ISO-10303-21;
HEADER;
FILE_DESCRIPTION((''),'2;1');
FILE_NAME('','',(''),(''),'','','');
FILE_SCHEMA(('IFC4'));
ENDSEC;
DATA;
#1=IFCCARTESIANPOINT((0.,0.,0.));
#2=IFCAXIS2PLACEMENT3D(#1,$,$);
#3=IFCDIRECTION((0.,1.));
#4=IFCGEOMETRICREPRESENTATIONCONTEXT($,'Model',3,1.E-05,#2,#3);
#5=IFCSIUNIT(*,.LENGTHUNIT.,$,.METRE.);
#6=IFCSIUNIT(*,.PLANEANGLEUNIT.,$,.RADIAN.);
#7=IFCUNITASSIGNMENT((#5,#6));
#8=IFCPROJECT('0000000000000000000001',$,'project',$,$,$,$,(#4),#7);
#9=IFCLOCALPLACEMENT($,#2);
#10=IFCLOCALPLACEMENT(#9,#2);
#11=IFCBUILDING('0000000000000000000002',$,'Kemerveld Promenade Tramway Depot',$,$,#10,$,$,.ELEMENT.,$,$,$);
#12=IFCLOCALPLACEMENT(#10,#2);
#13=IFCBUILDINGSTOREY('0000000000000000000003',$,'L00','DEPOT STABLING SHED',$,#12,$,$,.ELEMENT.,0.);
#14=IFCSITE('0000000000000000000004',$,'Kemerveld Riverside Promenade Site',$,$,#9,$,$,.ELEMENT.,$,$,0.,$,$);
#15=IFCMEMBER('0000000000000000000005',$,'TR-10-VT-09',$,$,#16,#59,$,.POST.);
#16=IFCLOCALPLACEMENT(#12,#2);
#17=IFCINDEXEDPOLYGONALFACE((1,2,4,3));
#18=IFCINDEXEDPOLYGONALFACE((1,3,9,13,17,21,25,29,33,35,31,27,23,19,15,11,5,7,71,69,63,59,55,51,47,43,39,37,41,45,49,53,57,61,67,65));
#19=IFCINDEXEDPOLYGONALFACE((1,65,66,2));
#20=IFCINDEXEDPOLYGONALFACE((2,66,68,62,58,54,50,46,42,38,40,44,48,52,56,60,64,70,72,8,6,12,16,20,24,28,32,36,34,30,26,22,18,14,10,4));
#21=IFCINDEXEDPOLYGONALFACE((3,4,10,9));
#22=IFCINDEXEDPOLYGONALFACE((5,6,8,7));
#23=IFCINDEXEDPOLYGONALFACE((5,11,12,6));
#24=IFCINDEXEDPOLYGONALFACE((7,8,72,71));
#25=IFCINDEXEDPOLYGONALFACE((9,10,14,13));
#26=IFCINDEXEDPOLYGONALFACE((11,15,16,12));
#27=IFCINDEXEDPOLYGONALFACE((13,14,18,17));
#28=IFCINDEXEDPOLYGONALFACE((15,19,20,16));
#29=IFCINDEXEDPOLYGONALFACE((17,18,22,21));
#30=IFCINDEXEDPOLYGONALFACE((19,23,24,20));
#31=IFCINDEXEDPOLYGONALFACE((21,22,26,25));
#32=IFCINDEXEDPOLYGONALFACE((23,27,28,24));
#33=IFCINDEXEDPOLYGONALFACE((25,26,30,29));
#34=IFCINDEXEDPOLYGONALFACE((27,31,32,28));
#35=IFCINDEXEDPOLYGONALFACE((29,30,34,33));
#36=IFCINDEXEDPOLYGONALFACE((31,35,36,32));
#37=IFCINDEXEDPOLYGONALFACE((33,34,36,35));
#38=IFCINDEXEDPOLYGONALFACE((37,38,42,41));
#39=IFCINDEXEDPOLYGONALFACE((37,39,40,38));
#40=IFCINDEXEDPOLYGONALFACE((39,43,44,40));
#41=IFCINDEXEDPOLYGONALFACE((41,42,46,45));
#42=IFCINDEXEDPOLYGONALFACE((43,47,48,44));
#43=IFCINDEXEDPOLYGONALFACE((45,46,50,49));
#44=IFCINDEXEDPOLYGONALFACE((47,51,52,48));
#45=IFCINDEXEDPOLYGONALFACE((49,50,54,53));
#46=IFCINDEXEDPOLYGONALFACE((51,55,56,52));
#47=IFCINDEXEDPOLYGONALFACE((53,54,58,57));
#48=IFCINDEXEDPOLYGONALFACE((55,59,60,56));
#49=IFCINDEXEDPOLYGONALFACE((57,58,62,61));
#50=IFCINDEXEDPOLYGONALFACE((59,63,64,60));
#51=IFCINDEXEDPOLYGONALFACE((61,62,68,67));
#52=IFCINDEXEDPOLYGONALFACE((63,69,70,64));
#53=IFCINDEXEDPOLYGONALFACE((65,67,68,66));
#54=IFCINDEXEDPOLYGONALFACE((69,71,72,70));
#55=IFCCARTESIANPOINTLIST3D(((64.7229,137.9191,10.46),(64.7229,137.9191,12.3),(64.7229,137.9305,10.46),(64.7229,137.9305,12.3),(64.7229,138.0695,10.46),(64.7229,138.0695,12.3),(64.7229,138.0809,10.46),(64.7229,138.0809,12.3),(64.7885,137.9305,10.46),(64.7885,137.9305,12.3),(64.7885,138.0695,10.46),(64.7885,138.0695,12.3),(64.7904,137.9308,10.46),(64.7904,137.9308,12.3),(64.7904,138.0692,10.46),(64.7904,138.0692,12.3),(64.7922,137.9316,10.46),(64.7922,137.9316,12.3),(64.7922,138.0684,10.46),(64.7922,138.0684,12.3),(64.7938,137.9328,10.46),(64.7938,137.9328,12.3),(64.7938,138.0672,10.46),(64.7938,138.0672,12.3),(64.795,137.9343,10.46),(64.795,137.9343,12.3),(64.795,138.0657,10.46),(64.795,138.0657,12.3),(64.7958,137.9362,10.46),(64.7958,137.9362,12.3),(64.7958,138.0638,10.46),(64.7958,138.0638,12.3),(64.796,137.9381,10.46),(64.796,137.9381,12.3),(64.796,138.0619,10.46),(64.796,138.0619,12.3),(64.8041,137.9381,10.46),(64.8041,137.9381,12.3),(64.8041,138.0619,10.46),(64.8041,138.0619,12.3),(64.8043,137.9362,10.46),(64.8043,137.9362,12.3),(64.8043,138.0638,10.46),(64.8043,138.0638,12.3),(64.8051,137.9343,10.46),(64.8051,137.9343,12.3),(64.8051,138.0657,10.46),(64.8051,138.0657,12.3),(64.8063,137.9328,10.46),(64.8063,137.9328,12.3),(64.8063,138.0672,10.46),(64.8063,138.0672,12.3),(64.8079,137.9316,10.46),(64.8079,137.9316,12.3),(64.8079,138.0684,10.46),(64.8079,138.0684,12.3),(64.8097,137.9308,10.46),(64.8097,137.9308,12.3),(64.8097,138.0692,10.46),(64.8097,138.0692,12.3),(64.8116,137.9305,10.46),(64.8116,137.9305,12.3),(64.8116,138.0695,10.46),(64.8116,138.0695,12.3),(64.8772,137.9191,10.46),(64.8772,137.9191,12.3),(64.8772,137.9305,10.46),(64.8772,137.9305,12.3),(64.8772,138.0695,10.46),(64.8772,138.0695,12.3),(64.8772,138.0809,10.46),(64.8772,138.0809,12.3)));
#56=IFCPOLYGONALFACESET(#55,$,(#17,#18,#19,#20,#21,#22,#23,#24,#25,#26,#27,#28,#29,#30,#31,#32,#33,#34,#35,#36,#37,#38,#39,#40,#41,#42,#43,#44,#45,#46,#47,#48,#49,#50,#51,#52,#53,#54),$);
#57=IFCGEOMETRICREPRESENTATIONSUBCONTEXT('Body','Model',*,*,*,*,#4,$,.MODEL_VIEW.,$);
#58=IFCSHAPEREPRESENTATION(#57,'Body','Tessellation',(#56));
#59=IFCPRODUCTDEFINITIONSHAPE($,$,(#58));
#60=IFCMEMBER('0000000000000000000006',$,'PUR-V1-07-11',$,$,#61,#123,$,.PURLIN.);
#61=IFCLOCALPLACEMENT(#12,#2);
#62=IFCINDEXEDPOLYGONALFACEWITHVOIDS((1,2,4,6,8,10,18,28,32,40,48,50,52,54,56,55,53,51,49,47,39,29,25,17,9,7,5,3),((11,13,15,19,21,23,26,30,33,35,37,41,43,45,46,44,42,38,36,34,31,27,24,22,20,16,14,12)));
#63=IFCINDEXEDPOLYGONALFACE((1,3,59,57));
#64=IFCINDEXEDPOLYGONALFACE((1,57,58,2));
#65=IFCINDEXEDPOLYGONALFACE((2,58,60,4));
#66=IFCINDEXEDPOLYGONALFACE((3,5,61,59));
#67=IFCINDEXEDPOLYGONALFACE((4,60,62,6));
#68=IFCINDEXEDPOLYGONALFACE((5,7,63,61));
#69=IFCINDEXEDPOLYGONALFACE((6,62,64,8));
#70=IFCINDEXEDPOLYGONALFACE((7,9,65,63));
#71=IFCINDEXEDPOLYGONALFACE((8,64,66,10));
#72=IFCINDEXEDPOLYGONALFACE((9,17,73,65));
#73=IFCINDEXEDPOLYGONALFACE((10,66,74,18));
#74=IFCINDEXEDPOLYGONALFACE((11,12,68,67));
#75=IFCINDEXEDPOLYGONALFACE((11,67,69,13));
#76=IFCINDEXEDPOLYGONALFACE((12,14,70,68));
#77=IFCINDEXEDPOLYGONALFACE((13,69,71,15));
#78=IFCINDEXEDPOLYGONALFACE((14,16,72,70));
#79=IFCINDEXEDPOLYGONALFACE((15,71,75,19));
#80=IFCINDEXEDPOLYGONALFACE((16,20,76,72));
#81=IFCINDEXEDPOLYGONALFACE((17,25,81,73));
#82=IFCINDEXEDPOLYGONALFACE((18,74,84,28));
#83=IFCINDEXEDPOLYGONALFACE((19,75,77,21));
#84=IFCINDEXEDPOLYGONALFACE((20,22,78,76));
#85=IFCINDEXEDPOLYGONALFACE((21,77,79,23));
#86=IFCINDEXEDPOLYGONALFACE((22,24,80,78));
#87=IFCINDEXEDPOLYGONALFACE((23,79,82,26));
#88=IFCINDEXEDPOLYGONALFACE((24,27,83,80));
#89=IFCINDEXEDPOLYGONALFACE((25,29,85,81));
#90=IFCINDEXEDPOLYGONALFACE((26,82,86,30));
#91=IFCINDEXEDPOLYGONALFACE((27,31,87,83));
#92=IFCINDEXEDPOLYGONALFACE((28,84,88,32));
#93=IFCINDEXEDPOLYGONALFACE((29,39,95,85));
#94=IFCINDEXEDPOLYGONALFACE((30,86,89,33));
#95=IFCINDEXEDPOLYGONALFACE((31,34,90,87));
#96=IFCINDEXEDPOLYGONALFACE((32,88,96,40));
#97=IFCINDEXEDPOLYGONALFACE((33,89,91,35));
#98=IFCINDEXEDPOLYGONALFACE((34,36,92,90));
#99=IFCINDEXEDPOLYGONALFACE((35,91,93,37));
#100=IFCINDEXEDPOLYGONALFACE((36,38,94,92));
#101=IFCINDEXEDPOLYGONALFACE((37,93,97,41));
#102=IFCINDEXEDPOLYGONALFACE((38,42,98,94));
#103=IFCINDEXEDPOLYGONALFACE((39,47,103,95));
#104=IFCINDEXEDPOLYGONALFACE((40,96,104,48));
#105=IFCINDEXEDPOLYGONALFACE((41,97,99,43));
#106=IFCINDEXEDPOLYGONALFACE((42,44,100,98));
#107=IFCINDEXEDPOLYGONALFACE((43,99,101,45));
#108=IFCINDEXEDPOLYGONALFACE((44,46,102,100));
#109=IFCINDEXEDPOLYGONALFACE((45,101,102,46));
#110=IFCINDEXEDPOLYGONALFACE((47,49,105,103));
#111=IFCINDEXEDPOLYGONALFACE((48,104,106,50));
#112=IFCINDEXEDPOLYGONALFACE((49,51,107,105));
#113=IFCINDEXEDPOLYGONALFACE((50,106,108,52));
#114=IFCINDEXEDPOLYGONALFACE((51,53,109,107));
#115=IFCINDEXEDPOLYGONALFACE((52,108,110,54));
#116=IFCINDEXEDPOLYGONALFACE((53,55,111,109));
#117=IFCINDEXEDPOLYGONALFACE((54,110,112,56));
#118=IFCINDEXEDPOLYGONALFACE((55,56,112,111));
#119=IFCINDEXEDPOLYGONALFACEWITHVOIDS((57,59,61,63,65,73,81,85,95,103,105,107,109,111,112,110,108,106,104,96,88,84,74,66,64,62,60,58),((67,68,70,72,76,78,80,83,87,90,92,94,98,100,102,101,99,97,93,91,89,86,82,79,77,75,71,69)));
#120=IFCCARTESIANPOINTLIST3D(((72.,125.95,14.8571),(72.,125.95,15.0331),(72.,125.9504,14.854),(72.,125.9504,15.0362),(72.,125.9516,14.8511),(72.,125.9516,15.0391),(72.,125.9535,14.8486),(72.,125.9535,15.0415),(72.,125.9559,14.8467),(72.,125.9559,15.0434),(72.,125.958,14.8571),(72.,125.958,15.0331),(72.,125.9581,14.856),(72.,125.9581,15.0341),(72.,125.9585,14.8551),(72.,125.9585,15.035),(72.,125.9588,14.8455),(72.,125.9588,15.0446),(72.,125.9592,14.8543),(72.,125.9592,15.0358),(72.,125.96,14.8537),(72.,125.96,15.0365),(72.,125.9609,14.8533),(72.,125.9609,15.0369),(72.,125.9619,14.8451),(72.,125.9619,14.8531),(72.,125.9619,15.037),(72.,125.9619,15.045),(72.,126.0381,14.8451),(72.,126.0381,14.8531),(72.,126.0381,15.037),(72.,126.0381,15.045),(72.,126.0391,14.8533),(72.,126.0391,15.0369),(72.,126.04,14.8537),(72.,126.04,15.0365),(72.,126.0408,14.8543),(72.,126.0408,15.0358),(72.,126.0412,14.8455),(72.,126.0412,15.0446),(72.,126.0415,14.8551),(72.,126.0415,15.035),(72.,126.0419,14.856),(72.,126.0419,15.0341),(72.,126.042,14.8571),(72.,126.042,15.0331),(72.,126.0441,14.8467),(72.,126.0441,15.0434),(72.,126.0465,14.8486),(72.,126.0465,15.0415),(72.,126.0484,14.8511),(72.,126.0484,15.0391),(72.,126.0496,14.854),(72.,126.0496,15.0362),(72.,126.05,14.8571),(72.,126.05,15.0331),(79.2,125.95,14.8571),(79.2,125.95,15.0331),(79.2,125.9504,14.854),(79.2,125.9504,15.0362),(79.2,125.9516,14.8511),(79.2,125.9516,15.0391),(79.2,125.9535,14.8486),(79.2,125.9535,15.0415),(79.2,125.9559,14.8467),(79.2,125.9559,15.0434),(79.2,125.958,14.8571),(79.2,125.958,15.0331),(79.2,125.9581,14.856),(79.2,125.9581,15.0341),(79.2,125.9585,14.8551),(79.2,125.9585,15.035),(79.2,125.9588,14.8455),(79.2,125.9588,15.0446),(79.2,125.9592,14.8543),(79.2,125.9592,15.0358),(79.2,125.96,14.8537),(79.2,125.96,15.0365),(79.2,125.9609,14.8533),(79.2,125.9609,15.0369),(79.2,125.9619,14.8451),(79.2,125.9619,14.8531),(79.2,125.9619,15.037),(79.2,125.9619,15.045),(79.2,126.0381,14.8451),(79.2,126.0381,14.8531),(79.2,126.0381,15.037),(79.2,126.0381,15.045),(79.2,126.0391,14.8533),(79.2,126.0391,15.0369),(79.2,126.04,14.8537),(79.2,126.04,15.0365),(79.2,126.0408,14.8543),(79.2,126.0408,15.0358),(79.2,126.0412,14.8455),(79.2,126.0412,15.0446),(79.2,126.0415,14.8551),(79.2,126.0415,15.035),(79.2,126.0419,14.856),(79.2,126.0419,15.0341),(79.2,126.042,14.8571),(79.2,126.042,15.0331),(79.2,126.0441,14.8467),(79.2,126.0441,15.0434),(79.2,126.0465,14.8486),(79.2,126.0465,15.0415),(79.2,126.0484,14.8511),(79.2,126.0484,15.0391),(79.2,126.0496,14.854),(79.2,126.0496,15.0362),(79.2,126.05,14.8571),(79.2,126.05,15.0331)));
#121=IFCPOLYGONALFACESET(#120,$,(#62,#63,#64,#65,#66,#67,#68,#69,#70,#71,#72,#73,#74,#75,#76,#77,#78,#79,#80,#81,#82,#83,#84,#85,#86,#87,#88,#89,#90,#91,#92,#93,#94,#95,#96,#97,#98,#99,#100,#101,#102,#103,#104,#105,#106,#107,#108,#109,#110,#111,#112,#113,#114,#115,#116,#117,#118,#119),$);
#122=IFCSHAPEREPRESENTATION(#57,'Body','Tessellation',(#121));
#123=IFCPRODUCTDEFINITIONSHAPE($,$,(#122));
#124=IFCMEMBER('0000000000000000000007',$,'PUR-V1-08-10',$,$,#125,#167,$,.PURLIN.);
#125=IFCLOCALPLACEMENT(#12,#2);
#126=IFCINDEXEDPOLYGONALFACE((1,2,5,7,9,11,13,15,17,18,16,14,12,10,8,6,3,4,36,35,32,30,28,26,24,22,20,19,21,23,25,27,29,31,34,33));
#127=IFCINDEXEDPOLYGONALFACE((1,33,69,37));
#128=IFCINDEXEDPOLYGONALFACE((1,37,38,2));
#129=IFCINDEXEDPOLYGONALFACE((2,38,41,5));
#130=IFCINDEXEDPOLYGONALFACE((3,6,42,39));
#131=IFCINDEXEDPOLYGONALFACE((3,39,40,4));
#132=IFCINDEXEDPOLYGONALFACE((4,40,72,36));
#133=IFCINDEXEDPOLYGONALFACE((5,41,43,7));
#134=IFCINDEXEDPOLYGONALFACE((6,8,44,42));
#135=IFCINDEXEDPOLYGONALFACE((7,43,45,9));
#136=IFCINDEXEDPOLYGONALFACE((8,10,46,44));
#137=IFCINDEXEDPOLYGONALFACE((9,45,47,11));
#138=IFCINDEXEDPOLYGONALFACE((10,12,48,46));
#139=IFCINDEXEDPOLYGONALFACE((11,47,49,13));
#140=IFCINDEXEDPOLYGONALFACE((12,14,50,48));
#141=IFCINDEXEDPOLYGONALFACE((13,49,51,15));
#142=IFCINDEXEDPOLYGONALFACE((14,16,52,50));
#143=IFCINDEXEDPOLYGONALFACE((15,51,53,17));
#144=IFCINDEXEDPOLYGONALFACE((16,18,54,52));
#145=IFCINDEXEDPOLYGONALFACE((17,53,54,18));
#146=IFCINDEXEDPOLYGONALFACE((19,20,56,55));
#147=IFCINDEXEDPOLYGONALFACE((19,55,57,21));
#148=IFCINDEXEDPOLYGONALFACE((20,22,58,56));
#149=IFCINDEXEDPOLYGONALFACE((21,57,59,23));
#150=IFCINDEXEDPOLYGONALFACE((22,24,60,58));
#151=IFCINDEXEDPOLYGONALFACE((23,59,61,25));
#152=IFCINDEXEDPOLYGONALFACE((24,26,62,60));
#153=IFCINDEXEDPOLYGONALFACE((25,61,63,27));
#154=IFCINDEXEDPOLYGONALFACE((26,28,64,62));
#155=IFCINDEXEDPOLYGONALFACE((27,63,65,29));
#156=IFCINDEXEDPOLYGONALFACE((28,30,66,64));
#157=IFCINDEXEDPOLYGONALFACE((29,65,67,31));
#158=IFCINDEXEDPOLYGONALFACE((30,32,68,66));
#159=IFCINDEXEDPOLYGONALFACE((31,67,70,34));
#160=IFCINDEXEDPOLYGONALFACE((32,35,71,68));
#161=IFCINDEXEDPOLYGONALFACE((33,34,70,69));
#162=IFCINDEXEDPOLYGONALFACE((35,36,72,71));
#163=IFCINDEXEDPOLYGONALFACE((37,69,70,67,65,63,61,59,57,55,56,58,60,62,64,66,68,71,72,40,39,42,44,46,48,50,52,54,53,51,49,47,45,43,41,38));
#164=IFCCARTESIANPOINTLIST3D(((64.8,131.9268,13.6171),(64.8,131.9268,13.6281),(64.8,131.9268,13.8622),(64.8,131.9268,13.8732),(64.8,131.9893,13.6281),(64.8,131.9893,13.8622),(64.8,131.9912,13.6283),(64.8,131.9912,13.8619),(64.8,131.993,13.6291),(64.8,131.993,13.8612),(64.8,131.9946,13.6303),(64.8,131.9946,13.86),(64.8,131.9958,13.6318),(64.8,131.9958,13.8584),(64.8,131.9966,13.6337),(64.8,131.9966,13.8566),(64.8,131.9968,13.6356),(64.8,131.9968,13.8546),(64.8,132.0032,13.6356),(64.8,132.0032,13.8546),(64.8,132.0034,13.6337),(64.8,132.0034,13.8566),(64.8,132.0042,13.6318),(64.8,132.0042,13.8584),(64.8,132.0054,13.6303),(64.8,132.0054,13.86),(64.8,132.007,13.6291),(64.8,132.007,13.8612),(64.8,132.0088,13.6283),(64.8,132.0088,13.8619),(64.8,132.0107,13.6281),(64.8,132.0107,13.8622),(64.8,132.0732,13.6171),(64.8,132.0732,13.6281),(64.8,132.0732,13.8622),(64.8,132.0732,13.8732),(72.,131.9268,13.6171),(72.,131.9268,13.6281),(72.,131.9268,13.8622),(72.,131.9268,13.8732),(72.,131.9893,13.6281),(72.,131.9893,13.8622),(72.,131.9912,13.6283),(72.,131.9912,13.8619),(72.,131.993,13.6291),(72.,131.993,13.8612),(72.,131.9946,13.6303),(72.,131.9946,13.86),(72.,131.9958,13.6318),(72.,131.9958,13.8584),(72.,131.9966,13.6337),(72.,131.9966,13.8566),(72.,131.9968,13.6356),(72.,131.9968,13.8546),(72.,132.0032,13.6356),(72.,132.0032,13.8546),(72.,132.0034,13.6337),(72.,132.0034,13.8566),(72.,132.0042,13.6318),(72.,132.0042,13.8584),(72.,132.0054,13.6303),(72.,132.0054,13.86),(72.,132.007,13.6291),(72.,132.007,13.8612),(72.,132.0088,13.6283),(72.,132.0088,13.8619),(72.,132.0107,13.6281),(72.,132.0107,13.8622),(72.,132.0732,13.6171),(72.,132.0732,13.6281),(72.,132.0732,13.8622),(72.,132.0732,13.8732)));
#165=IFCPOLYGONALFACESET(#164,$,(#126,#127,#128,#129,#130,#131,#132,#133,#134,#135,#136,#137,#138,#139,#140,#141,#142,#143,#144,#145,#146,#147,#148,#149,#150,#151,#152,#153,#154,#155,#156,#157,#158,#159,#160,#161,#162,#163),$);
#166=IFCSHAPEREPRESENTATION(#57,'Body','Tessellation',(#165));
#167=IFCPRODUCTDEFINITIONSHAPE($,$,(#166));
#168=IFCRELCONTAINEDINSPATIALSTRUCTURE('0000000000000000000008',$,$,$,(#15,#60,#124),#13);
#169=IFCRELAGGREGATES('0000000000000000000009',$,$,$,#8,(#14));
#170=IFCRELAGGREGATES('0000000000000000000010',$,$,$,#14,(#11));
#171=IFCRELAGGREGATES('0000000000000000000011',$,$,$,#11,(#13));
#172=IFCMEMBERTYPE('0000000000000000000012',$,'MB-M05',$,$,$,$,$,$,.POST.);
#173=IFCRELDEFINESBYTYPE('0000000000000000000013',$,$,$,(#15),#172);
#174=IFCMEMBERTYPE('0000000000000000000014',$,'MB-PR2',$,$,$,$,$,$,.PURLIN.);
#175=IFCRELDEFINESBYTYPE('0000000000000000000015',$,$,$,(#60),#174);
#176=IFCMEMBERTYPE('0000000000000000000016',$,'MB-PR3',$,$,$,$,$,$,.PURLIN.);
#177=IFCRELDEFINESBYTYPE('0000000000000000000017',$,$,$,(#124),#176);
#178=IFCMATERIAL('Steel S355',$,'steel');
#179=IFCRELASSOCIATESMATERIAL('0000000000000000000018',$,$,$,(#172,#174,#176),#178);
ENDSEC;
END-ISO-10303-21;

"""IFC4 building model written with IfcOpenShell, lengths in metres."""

from ifc_helpers import new_model, si_unit, direction, frame, origin, origin_2d, place, context, subcontext, project, spatial, hollow_rectangle, i_section, extrude, material, material_profile, profile_set, type_object, element, save


model = new_model("IFC4")

# Units and contexts
model_context = context("Model", 3, precision=1e-05, world=origin(), true_north=direction((0.0, 1.0)))
body_context = subcontext(model_context, "Body", "Model", "MODEL_VIEW")
ifc_project = project(units=[si_unit("LENGTHUNIT", "METRE"), si_unit("PLANEANGLEUNIT", "RADIAN")], contexts=[model_context])

# Site, building, storey
site_placement = place(None, origin())
site = spatial("IfcSite", under=ifc_project, at=site_placement, Name="Kemerveld Riverside Promenade Site", CompositionType="ELEMENT", RefElevation=0.0)
building_placement = place(site_placement, origin())
building = spatial("IfcBuilding", under=site, at=building_placement, Name="Kemerveld Promenade Tramway Depot", CompositionType="ELEMENT")
storey_placement = place(building_placement, origin())
storey = spatial("IfcBuildingStorey", under=building, at=storey_placement, Name="L00", Description="DEPOT STABLING SHED", CompositionType="ELEMENT", Elevation=0.0)

# Members
ifc_material_1 = material(Name="Steel S355", Category="steel")
ifc_material_profile_1 = material_profile(ifc_material_1, i_section(OverallWidth=0.1543, OverallDepth=0.1619, WebThickness=0.0081, FlangeThickness=0.0115, FilletRadius=0.0076, at=origin_2d()), Name="152x152x37 UC")
ifc_profile_set_1 = profile_set([ifc_material_profile_1], Name="Steel S355")
member_type_1 = type_object("IfcMemberType", Name="MB-M05", PredefinedType="POST", material=ifc_profile_set_1)
member_1_placement = place(storey_placement, frame((64.8, 138.0, 10.46), z_axis=(0.0, 0.0, 1.0), x_axis=(1.0, 0.0, 0.0)))
element("IfcMember", 1, at=member_1_placement, inside=storey, type_object=member_type_1, Name="TR-10-VT-09", PredefinedType="POST", context=body_context, shape_type="SweptSolid", body=[
    extrude(i_section(OverallWidth=0.1543, OverallDepth=0.1619, WebThickness=0.0081, FlangeThickness=0.0115, FilletRadius=0.0076, at=origin_2d()), origin(), (0.0, 0.0, 1.0), 1.8401),
])
ifc_material_profile_2 = material_profile(ifc_material_1, hollow_rectangle(XDim=0.1001, YDim=0.2, WallThickness=0.0081, InnerFilletRadius=0.0039, OuterFilletRadius=0.012, at=origin_2d()), Name="200x100x8.0 RHS")
ifc_profile_set_2 = profile_set([ifc_material_profile_2], Name="Steel S355")
member_type_2 = type_object("IfcMemberType", Name="MB-PR2", PredefinedType="PURLIN", material=ifc_profile_set_2)
member_2_placement = place(storey_placement, frame((72.0, 126.0, 14.9451), z_axis=(1.0, 0.0, 0.0), x_axis=(0.0, 1.0, 0.0)))
element("IfcMember", 2, at=member_2_placement, inside=storey, type_object=member_type_2, Name="PUR-V1-07-11", PredefinedType="PURLIN", context=body_context, shape_type="SweptSolid", body=[
    extrude(hollow_rectangle(XDim=0.1001, YDim=0.2, WallThickness=0.0081, InnerFilletRadius=0.0039, OuterFilletRadius=0.012, at=origin_2d()), origin(), (0.0, 0.0, 1.0), 7.2),
])
ifc_material_profile_3 = material_profile(ifc_material_1, i_section(OverallWidth=0.1465, OverallDepth=0.2561, WebThickness=0.0063, FlangeThickness=0.011, FilletRadius=0.0076, at=origin_2d()), Name="254x146x37 UB")
ifc_profile_set_3 = profile_set([ifc_material_profile_3], Name="Steel S355")
member_type_3 = type_object("IfcMemberType", Name="MB-PR3", PredefinedType="PURLIN", material=ifc_profile_set_3)
for number, where, z_axis, x_axis, name in (
    (3, (64.8, 132.0, 13.7451), (1.0, 0.0, 0.0), (0.0, 1.0, 0.0), "PUR-V1-08-10"),
):
    element("IfcMember", number, at=place(storey_placement, frame(where, z_axis=z_axis, x_axis=x_axis)), inside=storey, type_object=member_type_3, Name=name, PredefinedType="PURLIN", context=body_context, shape_type="SweptSolid", body=[
        extrude(i_section(OverallWidth=0.1465, OverallDepth=0.2561, WebThickness=0.0063, FlangeThickness=0.011, FilletRadius=0.0076, at=origin_2d()), origin(), (0.0, 0.0, 1.0), 7.2),
    ])

save(model, "model.ifc")
